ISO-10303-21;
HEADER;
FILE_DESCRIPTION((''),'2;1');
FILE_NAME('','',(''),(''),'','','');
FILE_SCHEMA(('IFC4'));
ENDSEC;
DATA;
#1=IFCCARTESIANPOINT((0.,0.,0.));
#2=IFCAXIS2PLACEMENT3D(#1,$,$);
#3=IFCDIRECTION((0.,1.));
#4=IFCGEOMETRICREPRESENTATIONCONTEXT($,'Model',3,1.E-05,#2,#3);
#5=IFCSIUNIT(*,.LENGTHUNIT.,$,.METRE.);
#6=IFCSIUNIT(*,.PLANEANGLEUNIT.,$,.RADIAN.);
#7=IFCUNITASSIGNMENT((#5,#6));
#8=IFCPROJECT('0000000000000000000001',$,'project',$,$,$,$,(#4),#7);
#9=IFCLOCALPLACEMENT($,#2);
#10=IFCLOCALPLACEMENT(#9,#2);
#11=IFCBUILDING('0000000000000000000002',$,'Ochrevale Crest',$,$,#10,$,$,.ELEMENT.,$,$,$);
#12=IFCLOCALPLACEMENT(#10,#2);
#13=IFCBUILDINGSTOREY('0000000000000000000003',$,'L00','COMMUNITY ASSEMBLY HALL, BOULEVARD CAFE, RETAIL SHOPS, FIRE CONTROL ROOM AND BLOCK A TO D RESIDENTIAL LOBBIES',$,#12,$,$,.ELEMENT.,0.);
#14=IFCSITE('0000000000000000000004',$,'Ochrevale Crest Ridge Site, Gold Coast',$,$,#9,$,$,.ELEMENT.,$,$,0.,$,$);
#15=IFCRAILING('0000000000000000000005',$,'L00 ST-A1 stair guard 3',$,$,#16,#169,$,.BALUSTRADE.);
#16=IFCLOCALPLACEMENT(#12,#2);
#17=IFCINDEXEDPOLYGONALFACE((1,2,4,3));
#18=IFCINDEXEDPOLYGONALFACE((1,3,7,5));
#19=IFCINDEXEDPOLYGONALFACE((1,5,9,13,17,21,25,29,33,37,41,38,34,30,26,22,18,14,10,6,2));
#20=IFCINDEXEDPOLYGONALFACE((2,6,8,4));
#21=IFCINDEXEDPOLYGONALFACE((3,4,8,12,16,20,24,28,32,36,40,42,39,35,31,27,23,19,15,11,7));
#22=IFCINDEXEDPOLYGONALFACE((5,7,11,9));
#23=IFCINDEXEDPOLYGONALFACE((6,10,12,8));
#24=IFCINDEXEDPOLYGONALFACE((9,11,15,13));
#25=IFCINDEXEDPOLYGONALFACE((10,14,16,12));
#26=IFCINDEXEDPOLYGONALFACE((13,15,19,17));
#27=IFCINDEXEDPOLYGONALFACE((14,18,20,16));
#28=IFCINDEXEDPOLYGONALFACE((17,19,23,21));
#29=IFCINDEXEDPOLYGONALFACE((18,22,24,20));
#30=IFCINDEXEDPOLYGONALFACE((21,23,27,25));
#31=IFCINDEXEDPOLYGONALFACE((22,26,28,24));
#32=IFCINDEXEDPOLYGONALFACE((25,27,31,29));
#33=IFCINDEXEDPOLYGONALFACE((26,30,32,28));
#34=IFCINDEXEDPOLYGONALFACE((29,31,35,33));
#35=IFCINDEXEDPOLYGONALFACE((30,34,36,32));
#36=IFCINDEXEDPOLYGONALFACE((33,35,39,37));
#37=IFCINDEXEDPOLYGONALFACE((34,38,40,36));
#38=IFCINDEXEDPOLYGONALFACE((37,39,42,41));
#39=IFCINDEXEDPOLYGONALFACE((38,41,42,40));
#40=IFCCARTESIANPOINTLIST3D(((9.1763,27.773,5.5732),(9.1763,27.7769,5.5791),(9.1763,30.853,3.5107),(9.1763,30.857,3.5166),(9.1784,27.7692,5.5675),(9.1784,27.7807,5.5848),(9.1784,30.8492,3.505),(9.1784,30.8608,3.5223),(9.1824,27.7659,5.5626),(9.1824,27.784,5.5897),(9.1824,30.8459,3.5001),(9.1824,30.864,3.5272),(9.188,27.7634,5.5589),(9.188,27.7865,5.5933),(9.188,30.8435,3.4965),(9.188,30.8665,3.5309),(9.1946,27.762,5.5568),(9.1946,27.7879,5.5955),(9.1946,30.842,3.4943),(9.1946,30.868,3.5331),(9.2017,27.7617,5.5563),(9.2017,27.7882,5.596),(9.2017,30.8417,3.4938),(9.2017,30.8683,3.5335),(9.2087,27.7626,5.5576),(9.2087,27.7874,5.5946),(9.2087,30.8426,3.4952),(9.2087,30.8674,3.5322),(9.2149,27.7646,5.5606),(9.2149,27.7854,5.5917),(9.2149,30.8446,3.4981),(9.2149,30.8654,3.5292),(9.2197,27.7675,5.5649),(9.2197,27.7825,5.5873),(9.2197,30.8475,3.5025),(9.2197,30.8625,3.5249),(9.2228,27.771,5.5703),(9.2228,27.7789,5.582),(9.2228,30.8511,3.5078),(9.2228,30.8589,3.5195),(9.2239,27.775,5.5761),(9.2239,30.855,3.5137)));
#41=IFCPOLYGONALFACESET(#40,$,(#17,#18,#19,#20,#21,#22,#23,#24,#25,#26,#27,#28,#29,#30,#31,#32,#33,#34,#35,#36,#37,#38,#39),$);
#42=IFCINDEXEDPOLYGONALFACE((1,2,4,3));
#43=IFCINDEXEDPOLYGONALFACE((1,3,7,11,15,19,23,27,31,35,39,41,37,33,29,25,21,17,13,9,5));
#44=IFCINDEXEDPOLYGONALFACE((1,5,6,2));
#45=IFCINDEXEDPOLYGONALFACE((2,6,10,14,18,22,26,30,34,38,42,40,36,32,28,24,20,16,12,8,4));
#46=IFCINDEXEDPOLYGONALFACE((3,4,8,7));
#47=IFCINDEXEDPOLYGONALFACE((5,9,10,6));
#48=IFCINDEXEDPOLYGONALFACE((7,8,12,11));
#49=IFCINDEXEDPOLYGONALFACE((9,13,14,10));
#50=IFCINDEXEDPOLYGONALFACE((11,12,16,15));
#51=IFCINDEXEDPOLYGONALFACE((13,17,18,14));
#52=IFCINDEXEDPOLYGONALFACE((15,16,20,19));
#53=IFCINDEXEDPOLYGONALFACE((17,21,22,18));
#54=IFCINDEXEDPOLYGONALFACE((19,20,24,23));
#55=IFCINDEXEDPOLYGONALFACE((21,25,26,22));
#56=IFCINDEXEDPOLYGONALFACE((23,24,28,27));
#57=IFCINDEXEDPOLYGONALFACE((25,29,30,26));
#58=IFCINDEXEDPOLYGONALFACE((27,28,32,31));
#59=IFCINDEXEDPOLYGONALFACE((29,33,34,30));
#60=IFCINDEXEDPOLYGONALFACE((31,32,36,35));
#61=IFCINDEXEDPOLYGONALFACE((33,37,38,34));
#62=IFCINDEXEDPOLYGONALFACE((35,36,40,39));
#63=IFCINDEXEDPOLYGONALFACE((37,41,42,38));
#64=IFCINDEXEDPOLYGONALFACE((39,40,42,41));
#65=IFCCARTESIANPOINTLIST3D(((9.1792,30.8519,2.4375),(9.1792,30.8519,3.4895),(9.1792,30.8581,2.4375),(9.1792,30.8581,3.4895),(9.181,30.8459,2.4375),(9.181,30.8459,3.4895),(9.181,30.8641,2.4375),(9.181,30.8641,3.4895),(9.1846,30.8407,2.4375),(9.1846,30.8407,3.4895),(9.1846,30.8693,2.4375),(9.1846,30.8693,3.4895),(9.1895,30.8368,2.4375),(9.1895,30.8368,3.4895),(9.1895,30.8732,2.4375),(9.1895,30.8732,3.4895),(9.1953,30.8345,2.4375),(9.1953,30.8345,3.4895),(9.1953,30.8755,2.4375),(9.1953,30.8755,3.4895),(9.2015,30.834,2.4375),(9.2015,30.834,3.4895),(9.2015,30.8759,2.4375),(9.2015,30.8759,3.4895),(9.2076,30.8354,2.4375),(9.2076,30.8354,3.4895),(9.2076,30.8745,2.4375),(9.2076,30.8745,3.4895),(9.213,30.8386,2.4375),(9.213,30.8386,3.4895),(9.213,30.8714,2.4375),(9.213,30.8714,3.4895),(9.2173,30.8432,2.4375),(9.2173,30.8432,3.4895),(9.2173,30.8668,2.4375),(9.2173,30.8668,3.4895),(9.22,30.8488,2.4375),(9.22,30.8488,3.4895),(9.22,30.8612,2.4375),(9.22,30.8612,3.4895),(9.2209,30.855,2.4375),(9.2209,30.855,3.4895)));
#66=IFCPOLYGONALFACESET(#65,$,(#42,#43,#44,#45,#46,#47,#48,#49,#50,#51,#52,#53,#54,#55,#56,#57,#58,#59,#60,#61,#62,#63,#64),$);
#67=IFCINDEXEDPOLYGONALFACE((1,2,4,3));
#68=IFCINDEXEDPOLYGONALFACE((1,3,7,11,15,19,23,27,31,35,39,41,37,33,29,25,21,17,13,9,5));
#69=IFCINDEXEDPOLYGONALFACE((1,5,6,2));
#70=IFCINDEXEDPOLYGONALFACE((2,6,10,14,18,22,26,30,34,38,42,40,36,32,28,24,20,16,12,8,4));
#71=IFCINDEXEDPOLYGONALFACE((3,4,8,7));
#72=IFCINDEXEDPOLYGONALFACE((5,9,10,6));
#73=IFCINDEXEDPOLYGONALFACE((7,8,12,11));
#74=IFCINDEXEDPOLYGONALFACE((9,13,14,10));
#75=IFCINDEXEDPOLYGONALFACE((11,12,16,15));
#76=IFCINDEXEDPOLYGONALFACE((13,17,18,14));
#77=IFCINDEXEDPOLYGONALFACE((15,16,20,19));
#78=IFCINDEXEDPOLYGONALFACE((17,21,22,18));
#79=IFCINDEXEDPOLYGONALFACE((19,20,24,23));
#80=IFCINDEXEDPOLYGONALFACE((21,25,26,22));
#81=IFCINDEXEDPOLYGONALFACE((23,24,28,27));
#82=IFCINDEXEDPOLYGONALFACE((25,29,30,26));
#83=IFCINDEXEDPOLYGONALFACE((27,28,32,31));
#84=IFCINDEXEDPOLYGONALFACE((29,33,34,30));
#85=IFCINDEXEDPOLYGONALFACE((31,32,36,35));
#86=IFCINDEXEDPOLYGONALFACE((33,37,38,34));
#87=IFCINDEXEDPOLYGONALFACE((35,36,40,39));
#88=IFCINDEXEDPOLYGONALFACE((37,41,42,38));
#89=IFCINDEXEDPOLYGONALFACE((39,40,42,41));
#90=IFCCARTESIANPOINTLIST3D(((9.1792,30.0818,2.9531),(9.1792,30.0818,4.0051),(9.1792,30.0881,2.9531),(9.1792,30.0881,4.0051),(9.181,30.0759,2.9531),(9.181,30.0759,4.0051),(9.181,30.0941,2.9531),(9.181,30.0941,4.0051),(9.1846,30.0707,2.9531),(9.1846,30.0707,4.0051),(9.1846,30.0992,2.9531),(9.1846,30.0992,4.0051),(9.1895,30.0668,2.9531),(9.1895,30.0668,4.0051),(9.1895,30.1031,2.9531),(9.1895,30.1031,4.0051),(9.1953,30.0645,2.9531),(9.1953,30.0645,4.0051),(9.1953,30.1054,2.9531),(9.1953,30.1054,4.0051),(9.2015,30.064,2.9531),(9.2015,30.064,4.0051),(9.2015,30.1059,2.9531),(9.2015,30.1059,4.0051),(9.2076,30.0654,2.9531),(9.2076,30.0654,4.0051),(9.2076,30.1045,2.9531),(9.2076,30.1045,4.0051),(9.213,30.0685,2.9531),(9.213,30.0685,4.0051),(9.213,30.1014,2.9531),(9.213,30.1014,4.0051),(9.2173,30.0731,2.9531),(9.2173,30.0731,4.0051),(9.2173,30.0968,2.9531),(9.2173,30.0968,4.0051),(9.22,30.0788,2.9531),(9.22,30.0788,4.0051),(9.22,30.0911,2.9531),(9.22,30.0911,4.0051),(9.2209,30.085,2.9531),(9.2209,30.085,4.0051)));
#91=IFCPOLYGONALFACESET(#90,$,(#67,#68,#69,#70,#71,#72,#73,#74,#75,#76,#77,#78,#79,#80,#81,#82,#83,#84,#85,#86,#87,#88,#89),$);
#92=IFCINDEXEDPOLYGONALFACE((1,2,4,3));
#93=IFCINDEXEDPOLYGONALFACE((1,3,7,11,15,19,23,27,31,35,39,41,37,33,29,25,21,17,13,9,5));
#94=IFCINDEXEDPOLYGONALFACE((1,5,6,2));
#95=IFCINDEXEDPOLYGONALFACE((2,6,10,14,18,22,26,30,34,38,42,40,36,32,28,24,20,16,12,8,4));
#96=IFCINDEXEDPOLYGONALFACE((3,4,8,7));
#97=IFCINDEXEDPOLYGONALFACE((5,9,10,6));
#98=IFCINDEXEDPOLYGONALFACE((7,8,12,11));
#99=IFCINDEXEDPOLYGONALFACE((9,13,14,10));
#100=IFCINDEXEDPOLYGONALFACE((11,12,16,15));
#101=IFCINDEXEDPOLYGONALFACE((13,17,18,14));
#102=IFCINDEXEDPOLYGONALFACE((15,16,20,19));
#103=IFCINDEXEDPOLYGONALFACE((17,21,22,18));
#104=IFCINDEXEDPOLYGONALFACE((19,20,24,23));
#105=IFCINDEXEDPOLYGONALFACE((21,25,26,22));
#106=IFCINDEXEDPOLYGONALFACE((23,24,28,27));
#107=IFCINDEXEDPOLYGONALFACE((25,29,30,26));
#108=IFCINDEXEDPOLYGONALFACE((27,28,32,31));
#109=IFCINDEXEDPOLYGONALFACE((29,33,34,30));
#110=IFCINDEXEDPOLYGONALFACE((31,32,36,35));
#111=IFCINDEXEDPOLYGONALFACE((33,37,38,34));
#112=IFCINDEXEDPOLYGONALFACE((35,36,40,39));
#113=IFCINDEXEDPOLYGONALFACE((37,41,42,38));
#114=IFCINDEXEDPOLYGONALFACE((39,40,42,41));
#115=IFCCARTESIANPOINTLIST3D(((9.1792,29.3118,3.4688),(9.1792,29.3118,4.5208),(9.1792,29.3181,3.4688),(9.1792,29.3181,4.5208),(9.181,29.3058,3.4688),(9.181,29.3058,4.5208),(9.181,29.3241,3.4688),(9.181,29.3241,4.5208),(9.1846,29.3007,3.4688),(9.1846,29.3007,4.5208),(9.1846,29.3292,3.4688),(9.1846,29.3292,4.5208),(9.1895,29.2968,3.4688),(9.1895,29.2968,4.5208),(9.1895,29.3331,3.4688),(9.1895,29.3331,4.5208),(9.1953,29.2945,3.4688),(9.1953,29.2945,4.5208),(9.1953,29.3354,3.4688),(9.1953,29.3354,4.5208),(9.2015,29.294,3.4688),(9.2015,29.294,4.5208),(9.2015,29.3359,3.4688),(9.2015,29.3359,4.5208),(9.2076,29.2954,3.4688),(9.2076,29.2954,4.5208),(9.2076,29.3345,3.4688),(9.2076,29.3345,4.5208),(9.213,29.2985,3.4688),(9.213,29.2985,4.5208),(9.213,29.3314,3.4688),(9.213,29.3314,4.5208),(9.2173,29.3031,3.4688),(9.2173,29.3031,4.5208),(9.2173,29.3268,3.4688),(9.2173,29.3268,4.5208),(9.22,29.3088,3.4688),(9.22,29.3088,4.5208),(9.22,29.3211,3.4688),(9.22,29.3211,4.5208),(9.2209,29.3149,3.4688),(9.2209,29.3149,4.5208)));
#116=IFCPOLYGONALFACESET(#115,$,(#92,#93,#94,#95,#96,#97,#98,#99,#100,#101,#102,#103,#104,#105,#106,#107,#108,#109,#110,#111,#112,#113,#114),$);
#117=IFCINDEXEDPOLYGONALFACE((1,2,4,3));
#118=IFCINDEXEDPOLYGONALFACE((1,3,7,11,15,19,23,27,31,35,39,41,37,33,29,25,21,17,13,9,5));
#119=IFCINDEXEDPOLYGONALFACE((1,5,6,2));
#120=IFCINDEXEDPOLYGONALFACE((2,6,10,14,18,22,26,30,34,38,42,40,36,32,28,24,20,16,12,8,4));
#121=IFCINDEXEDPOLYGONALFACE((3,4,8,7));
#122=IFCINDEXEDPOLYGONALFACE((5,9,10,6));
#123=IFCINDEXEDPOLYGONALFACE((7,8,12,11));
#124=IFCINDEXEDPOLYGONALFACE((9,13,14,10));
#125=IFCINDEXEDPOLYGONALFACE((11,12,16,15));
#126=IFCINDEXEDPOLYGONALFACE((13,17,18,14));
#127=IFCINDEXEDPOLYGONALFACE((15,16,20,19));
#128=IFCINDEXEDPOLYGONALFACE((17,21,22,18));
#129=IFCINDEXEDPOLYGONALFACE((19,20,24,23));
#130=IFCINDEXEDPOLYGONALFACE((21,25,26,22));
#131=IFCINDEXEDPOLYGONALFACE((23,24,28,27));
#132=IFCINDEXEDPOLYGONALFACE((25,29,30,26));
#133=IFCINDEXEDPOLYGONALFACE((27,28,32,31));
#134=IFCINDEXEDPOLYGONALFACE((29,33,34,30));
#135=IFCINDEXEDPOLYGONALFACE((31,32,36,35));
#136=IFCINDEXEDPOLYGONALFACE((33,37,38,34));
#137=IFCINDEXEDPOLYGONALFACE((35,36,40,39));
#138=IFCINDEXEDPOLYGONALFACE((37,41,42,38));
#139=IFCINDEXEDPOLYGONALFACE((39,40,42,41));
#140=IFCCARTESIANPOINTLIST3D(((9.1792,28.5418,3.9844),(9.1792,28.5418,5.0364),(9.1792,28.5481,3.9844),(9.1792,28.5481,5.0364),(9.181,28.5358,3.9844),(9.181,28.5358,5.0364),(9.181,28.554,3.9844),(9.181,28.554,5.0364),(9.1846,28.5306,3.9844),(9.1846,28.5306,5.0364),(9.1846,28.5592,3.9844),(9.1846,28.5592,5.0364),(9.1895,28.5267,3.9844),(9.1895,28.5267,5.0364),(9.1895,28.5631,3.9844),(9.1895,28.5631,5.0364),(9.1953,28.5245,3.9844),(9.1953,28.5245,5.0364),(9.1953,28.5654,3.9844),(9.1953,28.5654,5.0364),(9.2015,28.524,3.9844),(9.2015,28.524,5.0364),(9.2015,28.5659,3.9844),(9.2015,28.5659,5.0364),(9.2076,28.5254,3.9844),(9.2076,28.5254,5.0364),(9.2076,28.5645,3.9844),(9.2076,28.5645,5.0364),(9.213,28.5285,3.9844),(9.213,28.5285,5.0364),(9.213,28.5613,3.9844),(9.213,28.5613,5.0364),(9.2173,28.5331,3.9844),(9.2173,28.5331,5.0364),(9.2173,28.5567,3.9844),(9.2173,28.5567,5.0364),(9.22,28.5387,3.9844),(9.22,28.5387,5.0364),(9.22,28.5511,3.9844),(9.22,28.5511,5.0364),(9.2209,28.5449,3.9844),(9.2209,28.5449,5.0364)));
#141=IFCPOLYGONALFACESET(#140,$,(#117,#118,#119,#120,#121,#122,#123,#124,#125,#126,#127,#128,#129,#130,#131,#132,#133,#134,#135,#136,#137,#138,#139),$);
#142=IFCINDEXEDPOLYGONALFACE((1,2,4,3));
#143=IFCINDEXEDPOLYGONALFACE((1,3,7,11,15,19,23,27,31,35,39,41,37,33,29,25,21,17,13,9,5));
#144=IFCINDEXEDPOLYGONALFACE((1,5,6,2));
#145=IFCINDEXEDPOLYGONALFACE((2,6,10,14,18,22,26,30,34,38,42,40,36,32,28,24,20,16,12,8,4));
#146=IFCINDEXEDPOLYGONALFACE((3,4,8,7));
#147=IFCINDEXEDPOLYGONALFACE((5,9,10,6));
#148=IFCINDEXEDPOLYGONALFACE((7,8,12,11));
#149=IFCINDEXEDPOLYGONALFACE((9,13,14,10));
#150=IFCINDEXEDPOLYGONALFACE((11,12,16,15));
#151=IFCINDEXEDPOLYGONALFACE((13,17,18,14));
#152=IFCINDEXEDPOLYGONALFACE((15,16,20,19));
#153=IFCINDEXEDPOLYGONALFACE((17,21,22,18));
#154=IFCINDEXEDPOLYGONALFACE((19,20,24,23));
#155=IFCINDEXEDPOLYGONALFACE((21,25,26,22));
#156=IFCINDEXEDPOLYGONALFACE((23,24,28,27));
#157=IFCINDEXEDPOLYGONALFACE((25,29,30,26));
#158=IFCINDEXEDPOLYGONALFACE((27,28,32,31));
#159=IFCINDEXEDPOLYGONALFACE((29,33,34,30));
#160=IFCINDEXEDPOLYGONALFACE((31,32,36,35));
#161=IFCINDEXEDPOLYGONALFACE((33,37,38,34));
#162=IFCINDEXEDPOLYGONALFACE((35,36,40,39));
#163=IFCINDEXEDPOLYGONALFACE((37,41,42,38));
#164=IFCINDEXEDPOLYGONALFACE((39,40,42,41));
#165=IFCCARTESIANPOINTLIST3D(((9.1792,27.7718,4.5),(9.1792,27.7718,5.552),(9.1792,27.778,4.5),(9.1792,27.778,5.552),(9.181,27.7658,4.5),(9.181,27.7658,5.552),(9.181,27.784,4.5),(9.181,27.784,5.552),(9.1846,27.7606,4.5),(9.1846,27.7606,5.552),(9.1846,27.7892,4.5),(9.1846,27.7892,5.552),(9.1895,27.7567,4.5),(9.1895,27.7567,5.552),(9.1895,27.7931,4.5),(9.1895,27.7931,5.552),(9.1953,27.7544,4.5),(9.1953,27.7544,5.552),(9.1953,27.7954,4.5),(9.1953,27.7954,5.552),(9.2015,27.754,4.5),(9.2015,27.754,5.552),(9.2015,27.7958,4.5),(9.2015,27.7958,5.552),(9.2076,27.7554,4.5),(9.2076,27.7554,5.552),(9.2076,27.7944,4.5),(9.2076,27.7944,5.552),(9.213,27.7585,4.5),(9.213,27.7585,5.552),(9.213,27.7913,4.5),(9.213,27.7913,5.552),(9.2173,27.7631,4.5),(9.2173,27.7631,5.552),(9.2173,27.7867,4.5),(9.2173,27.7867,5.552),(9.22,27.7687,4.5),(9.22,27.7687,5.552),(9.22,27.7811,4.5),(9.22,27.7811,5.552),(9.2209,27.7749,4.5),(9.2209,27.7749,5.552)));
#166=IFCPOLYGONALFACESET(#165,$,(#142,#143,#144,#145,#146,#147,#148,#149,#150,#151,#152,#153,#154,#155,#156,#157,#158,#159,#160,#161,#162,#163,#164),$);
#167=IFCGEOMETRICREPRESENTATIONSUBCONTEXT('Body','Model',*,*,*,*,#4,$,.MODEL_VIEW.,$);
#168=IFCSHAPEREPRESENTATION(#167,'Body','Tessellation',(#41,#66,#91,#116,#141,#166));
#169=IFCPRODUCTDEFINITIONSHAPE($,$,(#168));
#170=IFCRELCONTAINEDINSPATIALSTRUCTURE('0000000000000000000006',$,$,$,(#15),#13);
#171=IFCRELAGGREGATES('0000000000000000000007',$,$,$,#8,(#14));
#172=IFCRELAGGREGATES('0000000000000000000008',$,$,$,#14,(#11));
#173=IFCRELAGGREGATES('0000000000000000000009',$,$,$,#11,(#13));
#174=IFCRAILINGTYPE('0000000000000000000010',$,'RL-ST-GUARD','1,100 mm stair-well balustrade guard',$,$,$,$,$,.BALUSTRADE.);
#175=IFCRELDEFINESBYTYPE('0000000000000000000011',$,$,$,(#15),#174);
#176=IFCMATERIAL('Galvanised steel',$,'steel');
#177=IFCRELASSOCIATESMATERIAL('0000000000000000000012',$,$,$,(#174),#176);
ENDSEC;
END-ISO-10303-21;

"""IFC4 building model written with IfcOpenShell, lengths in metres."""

from ifc_helpers import new_model, si_unit, direction, frame, origin, origin_2d, place, context, subcontext, project, spatial, circle, extrude, material, type_object, element, save


model = new_model("IFC4")

# Units and contexts
model_context = context("Model", 3, precision=1e-05, world=origin(), true_north=direction((0.0, 1.0)))
body_context = subcontext(model_context, "Body", "Model", "MODEL_VIEW")
ifc_project = project(units=[si_unit("LENGTHUNIT", "METRE"), si_unit("PLANEANGLEUNIT", "RADIAN")], contexts=[model_context])

# Site, building, storey
site_placement = place(None, origin())
site = spatial("IfcSite", under=ifc_project, at=site_placement, Name="Ochrevale Crest Ridge Site, Gold Coast", CompositionType="ELEMENT", RefElevation=0.0)
building_placement = place(site_placement, origin())
building = spatial("IfcBuilding", under=site, at=building_placement, Name="Ochrevale Crest", CompositionType="ELEMENT")
storey_placement = place(building_placement, origin())
storey = spatial("IfcBuildingStorey", under=building, at=storey_placement, Name="L00", Description="COMMUNITY ASSEMBLY HALL, BOULEVARD CAFE, RETAIL SHOPS, FIRE CONTROL ROOM AND BLOCK A TO D RESIDENTIAL LOBBIES", CompositionType="ELEMENT", Elevation=0.0)

# Railing
ifc_material_1 = material(Name="Galvanised steel", Category="steel")
railing_type_1 = type_object("IfcRailingType", Name="RL-ST-GUARD", Description="1,100 mm stair-well balustrade guard", PredefinedType="BALUSTRADE", material=ifc_material_1)
railing_1_placement = place(storey_placement, frame((9.2, 30.855, 2.4375)))
element("IfcRailing", 1, at=railing_1_placement, inside=storey, type_object=railing_type_1, Name="L00 ST-A1 stair guard 3", PredefinedType="BALUSTRADE", context=body_context, shape_type="SweptSolid", body=[
    extrude(circle(Radius=0.0239, at=origin_2d()), frame((0.0, 0.0, 1.0762), z_axis=(0.0, -0.830914, 0.556401), x_axis=(1.0, 0.0, 0.0)), (0.0, 0.0, 1.0), 3.7068),
    extrude(circle(Radius=0.021, at=origin_2d()), origin(), (0.0, 0.0, 1.0), 1.052),
    extrude(circle(Radius=0.021, at=origin_2d()), frame((0.0, -0.77, 0.5156)), (0.0, 0.0, 1.0), 1.052),
    extrude(circle(Radius=0.021, at=origin_2d()), frame((0.0, -1.54, 1.0312)), (0.0, 0.0, 1.0), 1.052),
    extrude(circle(Radius=0.021, at=origin_2d()), frame((0.0, -2.3101, 1.5469)), (0.0, 0.0, 1.0), 1.052),
    extrude(circle(Radius=0.021, at=origin_2d()), frame((0.0, -3.0801, 2.0625)), (0.0, 0.0, 1.0), 1.052),
])

save(model, "model.ifc")
